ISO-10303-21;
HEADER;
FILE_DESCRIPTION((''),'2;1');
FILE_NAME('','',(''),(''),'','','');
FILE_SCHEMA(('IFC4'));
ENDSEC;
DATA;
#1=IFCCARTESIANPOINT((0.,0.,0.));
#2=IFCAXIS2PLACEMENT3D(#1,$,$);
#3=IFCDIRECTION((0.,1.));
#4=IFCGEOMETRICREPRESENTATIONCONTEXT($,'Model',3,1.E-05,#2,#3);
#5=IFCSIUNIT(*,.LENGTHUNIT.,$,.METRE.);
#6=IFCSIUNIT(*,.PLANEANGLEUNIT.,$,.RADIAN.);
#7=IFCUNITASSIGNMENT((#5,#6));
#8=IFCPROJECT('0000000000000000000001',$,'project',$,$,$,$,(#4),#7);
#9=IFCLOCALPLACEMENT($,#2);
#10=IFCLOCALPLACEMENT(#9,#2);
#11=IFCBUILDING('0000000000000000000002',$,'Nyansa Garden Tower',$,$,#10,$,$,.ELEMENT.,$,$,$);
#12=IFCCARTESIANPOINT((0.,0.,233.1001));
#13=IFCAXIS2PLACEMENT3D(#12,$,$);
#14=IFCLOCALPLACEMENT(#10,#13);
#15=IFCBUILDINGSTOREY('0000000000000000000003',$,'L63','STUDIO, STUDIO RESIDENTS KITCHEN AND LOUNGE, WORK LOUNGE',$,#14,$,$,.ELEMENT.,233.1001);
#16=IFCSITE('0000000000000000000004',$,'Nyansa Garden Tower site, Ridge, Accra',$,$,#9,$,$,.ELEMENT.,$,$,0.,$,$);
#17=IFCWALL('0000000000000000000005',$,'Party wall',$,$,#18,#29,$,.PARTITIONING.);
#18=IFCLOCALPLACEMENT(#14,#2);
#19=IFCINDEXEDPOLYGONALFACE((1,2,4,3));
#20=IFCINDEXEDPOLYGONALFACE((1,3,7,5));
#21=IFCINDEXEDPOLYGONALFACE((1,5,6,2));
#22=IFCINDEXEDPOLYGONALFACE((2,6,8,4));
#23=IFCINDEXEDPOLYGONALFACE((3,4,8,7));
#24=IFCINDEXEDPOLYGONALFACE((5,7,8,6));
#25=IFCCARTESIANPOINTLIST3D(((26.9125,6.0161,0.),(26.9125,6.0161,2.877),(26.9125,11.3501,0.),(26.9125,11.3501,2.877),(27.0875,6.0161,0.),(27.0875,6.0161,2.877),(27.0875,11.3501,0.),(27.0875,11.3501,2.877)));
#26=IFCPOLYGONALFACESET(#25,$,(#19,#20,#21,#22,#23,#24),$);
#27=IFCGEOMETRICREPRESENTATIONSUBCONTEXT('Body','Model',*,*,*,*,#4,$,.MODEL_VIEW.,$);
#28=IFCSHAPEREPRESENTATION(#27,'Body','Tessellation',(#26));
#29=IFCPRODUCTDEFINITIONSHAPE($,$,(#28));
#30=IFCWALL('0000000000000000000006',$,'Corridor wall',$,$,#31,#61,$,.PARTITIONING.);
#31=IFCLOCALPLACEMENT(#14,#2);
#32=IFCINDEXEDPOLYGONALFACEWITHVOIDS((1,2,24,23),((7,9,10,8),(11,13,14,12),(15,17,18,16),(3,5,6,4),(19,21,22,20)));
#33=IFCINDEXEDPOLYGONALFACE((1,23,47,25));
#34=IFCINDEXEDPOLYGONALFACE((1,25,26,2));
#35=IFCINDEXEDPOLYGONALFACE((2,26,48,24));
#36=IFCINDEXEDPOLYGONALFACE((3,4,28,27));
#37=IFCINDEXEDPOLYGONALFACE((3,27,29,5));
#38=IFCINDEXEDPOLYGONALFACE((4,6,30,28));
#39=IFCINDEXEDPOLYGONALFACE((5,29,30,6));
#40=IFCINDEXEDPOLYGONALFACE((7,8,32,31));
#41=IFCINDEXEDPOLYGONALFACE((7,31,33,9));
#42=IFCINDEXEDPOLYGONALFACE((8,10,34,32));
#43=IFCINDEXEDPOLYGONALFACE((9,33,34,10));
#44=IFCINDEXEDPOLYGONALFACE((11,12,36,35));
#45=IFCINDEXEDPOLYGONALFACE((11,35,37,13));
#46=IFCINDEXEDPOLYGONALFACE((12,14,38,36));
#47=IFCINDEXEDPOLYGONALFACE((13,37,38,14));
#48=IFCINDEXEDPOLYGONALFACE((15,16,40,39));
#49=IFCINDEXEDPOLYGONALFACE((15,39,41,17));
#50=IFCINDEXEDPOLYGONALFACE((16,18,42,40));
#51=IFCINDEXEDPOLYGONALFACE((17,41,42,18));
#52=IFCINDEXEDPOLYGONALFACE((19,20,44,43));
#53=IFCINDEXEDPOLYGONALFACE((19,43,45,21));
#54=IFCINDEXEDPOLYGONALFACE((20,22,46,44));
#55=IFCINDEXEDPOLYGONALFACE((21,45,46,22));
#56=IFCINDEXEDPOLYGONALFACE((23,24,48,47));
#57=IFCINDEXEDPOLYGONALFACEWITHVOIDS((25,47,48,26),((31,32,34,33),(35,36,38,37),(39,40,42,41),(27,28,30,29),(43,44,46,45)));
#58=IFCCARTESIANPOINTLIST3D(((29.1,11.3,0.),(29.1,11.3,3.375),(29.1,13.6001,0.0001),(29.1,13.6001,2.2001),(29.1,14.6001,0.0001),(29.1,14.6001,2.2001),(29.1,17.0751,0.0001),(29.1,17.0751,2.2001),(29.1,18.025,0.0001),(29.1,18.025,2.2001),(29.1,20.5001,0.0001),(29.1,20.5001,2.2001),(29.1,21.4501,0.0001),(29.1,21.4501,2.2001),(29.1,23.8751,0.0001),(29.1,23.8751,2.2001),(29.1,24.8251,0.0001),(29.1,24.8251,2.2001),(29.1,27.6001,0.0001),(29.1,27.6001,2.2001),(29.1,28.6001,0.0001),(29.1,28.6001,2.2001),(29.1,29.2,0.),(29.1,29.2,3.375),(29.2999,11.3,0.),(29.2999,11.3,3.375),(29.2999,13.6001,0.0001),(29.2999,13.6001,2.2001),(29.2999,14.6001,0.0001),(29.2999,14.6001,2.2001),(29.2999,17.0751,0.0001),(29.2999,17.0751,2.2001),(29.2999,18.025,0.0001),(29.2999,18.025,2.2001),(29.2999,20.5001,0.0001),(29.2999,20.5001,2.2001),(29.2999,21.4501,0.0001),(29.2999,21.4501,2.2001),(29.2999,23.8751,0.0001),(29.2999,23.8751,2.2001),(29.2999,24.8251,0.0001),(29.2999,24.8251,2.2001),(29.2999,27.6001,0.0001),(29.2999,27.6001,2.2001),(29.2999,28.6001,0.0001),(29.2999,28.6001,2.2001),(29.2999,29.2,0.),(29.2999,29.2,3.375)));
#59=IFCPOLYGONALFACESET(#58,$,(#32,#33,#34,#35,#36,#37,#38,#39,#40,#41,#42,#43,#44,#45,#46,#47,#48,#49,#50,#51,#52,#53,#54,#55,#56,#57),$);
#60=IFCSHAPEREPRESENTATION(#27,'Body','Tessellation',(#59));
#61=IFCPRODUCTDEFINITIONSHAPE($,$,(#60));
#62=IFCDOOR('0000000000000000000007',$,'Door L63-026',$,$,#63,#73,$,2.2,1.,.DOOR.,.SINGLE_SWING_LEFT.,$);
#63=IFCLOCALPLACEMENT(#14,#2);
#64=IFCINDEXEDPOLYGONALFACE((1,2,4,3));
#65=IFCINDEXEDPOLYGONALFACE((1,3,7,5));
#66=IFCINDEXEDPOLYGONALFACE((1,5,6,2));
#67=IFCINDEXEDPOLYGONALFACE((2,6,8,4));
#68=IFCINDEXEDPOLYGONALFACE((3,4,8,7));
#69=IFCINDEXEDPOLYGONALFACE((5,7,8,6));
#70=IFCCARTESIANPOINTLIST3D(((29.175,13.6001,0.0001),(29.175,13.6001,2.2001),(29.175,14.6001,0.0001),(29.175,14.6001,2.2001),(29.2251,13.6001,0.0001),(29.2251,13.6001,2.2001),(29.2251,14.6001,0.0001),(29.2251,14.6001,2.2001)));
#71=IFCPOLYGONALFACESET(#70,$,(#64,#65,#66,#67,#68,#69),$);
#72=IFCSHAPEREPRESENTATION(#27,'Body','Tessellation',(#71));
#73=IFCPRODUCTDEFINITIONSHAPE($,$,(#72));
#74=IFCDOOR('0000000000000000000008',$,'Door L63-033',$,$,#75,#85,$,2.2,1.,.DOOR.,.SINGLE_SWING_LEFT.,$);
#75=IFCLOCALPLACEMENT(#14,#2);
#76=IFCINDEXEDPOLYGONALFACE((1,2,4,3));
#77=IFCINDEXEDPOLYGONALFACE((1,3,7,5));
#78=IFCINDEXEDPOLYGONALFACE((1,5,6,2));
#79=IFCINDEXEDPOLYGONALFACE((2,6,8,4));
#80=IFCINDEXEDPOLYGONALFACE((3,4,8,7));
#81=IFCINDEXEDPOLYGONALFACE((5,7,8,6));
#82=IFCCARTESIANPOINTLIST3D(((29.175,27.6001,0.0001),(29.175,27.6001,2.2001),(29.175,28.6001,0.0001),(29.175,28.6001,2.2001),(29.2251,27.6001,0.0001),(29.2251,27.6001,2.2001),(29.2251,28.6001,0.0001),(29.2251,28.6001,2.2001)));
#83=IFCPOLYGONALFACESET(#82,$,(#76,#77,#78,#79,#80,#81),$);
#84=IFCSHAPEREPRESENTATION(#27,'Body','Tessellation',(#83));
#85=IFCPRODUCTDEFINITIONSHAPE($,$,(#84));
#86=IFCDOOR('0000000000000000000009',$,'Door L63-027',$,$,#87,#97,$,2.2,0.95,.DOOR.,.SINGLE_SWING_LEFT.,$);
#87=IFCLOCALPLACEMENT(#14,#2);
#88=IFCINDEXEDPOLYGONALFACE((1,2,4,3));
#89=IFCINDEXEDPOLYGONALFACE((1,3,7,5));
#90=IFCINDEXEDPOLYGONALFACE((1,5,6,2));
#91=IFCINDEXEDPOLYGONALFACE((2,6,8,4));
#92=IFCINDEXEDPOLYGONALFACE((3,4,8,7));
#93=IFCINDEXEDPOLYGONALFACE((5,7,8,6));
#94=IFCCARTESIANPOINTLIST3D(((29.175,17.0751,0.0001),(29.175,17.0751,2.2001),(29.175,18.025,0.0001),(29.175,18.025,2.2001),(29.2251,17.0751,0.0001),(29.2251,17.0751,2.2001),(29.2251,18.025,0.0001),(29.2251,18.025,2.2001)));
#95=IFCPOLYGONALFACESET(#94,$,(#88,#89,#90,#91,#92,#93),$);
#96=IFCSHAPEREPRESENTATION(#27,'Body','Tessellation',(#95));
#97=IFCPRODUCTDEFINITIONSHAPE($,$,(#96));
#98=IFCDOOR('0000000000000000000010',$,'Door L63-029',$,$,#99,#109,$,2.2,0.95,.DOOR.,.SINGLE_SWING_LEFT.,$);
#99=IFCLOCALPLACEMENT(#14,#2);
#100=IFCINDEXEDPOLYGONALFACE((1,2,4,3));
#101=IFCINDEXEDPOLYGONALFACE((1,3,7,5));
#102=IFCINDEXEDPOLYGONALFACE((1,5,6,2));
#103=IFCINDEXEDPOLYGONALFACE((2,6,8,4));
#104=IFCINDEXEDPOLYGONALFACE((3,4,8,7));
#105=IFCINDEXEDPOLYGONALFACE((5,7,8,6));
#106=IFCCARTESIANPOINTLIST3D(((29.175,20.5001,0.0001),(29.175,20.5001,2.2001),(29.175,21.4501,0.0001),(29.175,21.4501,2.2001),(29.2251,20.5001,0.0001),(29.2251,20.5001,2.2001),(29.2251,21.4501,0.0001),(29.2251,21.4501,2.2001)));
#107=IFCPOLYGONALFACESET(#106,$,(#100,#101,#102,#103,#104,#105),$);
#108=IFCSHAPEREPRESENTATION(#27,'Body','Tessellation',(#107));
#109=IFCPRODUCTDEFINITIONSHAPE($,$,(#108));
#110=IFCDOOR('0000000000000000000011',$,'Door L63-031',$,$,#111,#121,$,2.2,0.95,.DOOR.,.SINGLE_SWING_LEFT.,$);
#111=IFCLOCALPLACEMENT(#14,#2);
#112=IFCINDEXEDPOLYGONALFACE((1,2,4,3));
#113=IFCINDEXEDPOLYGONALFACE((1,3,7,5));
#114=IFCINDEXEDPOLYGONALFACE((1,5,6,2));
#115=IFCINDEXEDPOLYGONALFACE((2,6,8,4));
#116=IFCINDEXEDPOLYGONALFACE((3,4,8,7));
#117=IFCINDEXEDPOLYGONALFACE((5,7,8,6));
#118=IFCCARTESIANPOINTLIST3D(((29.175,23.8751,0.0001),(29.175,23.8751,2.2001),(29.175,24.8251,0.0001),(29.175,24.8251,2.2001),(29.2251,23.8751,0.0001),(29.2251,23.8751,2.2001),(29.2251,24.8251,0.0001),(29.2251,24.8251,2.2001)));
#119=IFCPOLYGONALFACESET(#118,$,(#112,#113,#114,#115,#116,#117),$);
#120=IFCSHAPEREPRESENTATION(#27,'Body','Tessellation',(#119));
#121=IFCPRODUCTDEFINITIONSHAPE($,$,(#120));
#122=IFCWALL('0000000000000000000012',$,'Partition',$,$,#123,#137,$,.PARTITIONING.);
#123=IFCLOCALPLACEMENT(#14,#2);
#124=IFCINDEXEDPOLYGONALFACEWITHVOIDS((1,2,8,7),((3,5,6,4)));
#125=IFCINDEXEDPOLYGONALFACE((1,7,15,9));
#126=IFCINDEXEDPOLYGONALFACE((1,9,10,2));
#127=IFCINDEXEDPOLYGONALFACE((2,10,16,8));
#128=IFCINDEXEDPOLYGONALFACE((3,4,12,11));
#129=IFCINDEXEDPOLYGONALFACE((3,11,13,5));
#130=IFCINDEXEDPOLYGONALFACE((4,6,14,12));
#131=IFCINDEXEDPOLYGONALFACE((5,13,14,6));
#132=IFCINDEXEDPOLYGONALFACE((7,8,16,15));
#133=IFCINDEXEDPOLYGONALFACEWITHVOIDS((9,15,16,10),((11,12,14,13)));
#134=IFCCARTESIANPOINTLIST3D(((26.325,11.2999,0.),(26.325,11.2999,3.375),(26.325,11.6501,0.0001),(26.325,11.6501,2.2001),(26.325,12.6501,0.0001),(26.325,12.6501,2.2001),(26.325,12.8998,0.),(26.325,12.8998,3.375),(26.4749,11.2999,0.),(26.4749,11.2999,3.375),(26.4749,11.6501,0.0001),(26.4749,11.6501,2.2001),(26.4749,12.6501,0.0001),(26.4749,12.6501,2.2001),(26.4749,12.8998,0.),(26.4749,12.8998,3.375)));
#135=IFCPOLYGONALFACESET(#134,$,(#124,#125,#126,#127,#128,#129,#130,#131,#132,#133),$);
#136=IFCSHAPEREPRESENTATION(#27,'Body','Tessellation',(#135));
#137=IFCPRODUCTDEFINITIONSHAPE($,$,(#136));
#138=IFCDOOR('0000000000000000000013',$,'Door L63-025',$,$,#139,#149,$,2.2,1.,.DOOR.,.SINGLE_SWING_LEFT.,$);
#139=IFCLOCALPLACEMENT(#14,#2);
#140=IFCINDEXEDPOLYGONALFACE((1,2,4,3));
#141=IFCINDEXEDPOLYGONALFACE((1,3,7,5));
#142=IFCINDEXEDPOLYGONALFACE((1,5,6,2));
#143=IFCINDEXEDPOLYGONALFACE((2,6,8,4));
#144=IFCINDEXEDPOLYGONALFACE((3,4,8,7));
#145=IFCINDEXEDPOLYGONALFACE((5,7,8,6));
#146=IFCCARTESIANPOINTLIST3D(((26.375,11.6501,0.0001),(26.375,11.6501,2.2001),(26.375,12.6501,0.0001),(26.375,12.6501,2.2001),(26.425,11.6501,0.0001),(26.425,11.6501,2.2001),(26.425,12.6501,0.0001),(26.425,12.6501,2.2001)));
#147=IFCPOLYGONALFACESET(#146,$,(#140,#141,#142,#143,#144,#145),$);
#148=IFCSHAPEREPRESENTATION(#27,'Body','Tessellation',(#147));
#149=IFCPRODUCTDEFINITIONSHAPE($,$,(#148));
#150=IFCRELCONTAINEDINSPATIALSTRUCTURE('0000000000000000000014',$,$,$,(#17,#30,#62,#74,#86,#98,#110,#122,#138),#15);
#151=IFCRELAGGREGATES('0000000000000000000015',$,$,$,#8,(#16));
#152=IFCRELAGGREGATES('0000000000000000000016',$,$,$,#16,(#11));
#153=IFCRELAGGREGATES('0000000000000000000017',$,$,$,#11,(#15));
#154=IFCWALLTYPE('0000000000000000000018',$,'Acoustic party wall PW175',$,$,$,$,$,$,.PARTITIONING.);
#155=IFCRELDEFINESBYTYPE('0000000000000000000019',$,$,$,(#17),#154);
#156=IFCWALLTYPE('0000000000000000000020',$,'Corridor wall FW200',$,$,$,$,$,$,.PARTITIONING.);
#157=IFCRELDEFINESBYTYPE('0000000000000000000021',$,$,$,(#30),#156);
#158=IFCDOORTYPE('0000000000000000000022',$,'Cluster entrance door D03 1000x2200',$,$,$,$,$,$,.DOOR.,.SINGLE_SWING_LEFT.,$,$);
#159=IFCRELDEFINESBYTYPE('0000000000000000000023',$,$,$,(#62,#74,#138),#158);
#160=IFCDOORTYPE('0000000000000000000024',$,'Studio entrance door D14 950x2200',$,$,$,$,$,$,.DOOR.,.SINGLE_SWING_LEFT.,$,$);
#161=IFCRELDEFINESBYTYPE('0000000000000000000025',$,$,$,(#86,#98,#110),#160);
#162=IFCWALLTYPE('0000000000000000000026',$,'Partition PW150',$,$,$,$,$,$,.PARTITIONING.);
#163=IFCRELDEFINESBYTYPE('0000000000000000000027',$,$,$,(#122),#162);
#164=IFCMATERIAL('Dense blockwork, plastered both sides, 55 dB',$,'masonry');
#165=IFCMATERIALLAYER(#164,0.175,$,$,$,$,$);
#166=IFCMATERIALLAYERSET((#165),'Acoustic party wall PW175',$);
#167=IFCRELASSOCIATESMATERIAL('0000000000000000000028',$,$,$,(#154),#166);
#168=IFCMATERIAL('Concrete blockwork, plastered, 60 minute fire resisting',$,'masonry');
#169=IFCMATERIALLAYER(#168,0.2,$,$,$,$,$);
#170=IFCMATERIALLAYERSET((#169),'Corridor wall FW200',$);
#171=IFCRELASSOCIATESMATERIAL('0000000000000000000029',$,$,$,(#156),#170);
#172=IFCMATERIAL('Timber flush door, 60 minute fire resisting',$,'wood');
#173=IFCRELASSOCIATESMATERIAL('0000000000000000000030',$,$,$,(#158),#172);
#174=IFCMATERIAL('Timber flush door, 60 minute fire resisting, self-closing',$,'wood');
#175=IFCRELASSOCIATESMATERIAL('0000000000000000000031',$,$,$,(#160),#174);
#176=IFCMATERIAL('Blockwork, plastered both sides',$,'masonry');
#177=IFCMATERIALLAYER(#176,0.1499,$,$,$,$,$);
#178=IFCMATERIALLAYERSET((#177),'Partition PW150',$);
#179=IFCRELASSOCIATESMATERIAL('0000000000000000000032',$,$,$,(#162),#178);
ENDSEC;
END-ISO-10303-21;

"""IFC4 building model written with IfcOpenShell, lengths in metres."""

from ifc_helpers import new_model, si_unit, direction, frame, frame_2d, origin, place, context, subcontext, project, spatial, rectangle, extrude, material, layer, layer_set, type_object, element, fill, save


model = new_model("IFC4")

# Units and contexts
model_context = context("Model", 3, precision=1e-05, world=origin(), true_north=direction((0.0, 1.0)))
body_context = subcontext(model_context, "Body", "Model", "MODEL_VIEW")
ifc_project = project(units=[si_unit("LENGTHUNIT", "METRE"), si_unit("PLANEANGLEUNIT", "RADIAN")], contexts=[model_context])

# Site, building, storey
site_placement = place(None, origin())
site = spatial("IfcSite", under=ifc_project, at=site_placement, Name="Nyansa Garden Tower site, Ridge, Accra", CompositionType="ELEMENT", RefElevation=0.0)
building_placement = place(site_placement, origin())
building = spatial("IfcBuilding", under=site, at=building_placement, Name="Nyansa Garden Tower", CompositionType="ELEMENT")
storey_placement = place(building_placement, frame((0.0, 0.0, 233.1001)))
storey = spatial("IfcBuildingStorey", under=building, at=storey_placement, Name="L63", Description="STUDIO, STUDIO RESIDENTS KITCHEN AND LOUNGE, WORK LOUNGE", CompositionType="ELEMENT", Elevation=233.1001)

# Wall
ifc_material_1 = material(Name="Dense blockwork, plastered both sides, 55 dB", Category="masonry")
ifc_layer_1 = layer(ifc_material_1, 0.175)
ifc_layer_set_1 = layer_set([ifc_layer_1], Name="Acoustic party wall PW175")
wall_type_1 = type_object("IfcWallType", Name="Acoustic party wall PW175", PredefinedType="PARTITIONING", material=ifc_layer_set_1)
wall_1_placement = place(storey_placement, frame((27.0, 6.0161, 0.0), z_axis=(0.0, 0.0, 1.0), x_axis=(0.0, 1.0, 0.0)))
element("IfcWall", 1, at=wall_1_placement, inside=storey, type_object=wall_type_1, Name="Party wall", PredefinedType="PARTITIONING", context=body_context, shape_type="SweptSolid", body=[
    extrude(rectangle(XDim=5.334, YDim=0.175, at=frame_2d((2.667, 0.0))), origin(), (0.0, 0.0, 1.0), 2.877),
])

# Wall, openings, doors
ifc_material_2 = material(Name="Concrete blockwork, plastered, 60 minute fire resisting", Category="masonry")
ifc_layer_2 = layer(ifc_material_2, 0.2)
ifc_layer_set_2 = layer_set([ifc_layer_2], Name="Corridor wall FW200")
wall_type_2 = type_object("IfcWallType", Name="Corridor wall FW200", PredefinedType="PARTITIONING", material=ifc_layer_set_2)
wall_2_placement = place(storey_placement, frame((29.2, 11.3, 0.0), z_axis=(0.0, 0.0, 1.0), x_axis=(0.0, 1.0, 0.0)))
wall_2 = element("IfcWall", 2, at=wall_2_placement, inside=storey, type_object=wall_type_2, Name="Corridor wall", PredefinedType="PARTITIONING", context=body_context, shape_type="SweptSolid", body=[
    extrude(rectangle(XDim=17.8999, YDim=0.2, at=frame_2d((8.95, 0.0))), origin(), (0.0, 0.0, 1.0), 3.375),
])
opening_1_placement = place(wall_2_placement, frame((2.3, 0.0, 0.0)))
opening_1 = element("IfcOpeningElement", 3, at=opening_1_placement, cuts=wall_2, PredefinedType="OPENING", context=body_context, shape_type="SweptSolid", body=[
    extrude(rectangle(XDim=1.0, YDim=2.2, at=frame_2d((0.5, 1.1001))), frame((0.0, 0.1099, 0.0), z_axis=(0.0, -1.0, 0.0), x_axis=(1.0, 0.0, 0.0)), (0.0, 0.0, 1.0), 0.22),
])
opening_2_placement = place(wall_2_placement, frame((5.7749, 0.0, 0.0)))
opening_2 = element("IfcOpeningElement", 4, at=opening_2_placement, cuts=wall_2, PredefinedType="OPENING", context=body_context, shape_type="SweptSolid", body=[
    extrude(rectangle(XDim=0.95, YDim=2.2, at=frame_2d((0.4751, 1.1001))), frame((0.0, 0.1099, 0.0), z_axis=(0.0, -1.0, 0.0), x_axis=(1.0, 0.0, 0.0)), (0.0, 0.0, 1.0), 0.22),
])
opening_3_placement = place(wall_2_placement, frame((9.2, 0.0, 0.0)))
opening_3 = element("IfcOpeningElement", 5, at=opening_3_placement, cuts=wall_2, PredefinedType="OPENING", context=body_context, shape_type="SweptSolid", body=[
    extrude(rectangle(XDim=0.95, YDim=2.2, at=frame_2d((0.4751, 1.1001))), frame((0.0, 0.1099, 0.0), z_axis=(0.0, -1.0, 0.0), x_axis=(1.0, 0.0, 0.0)), (0.0, 0.0, 1.0), 0.22),
])
opening_4_placement = place(wall_2_placement, frame((12.575, 0.0, 0.0)))
opening_4 = element("IfcOpeningElement", 6, at=opening_4_placement, cuts=wall_2, PredefinedType="OPENING", context=body_context, shape_type="SweptSolid", body=[
    extrude(rectangle(XDim=0.95, YDim=2.2, at=frame_2d((0.4751, 1.1001))), frame((0.0, 0.1099, 0.0), z_axis=(0.0, -1.0, 0.0), x_axis=(1.0, 0.0, 0.0)), (0.0, 0.0, 1.0), 0.22),
])
opening_5_placement = place(wall_2_placement, frame((16.3, 0.0, 0.0)))
opening_5 = element("IfcOpeningElement", 7, at=opening_5_placement, cuts=wall_2, PredefinedType="OPENING", context=body_context, shape_type="SweptSolid", body=[
    extrude(rectangle(XDim=1.0, YDim=2.2, at=frame_2d((0.5, 1.1001))), frame((0.0, 0.1099, 0.0), z_axis=(0.0, -1.0, 0.0), x_axis=(1.0, 0.0, 0.0)), (0.0, 0.0, 1.0), 0.22),
])
ifc_material_3 = material(Name="Timber flush door, 60 minute fire resisting", Category="wood")
door_type_1 = type_object("IfcDoorType", Name="Cluster entrance door D03 1000x2200", OperationType="SINGLE_SWING_LEFT", PredefinedType="DOOR", material=ifc_material_3)
door_1_placement = place(opening_1_placement, origin())
door_1 = element("IfcDoor", 8, at=door_1_placement, inside=storey, type_object=door_type_1, Name="Door L63-026", OperationType="SINGLE_SWING_LEFT", OverallHeight=2.2, OverallWidth=1.0, PredefinedType="DOOR", context=body_context, shape_type="SweptSolid", body=[
    extrude(rectangle(XDim=1.0, YDim=2.2, at=frame_2d((0.5, 1.1001))), frame((0.0, 0.0249, 0.0), z_axis=(0.0, -1.0, 0.0), x_axis=(1.0, 0.0, 0.0)), (0.0, 0.0, 1.0), 0.05),
])
fill(opening_1, door_1)
door_2_placement = place(opening_5_placement, origin())
door_2 = element("IfcDoor", 9, at=door_2_placement, inside=storey, type_object=door_type_1, Name="Door L63-033", OperationType="SINGLE_SWING_LEFT", OverallHeight=2.2, OverallWidth=1.0, PredefinedType="DOOR", context=body_context, shape_type="SweptSolid", body=[
    extrude(rectangle(XDim=1.0, YDim=2.2, at=frame_2d((0.5, 1.1001))), frame((0.0, 0.0249, 0.0), z_axis=(0.0, -1.0, 0.0), x_axis=(1.0, 0.0, 0.0)), (0.0, 0.0, 1.0), 0.05),
])
fill(opening_5, door_2)
ifc_material_4 = material(Name="Timber flush door, 60 minute fire resisting, self-closing", Category="wood")
door_type_2 = type_object("IfcDoorType", Name="Studio entrance door D14 950x2200", OperationType="SINGLE_SWING_LEFT", PredefinedType="DOOR", material=ifc_material_4)
door_3_placement = place(opening_2_placement, origin())
door_3 = element("IfcDoor", 10, at=door_3_placement, inside=storey, type_object=door_type_2, Name="Door L63-027", OperationType="SINGLE_SWING_LEFT", OverallHeight=2.2, OverallWidth=0.95, PredefinedType="DOOR", context=body_context, shape_type="SweptSolid", body=[
    extrude(rectangle(XDim=0.95, YDim=2.2, at=frame_2d((0.4751, 1.1001))), frame((0.0, 0.0249, 0.0), z_axis=(0.0, -1.0, 0.0), x_axis=(1.0, 0.0, 0.0)), (0.0, 0.0, 1.0), 0.05),
])
fill(opening_2, door_3)
door_4_placement = place(opening_3_placement, origin())
door_4 = element("IfcDoor", 11, at=door_4_placement, inside=storey, type_object=door_type_2, Name="Door L63-029", OperationType="SINGLE_SWING_LEFT", OverallHeight=2.2, OverallWidth=0.95, PredefinedType="DOOR", context=body_context, shape_type="SweptSolid", body=[
    extrude(rectangle(XDim=0.95, YDim=2.2, at=frame_2d((0.4751, 1.1001))), frame((0.0, 0.0249, 0.0), z_axis=(0.0, -1.0, 0.0), x_axis=(1.0, 0.0, 0.0)), (0.0, 0.0, 1.0), 0.05),
])
fill(opening_3, door_4)
door_5_placement = place(opening_4_placement, origin())
door_5 = element("IfcDoor", 12, at=door_5_placement, inside=storey, type_object=door_type_2, Name="Door L63-031", OperationType="SINGLE_SWING_LEFT", OverallHeight=2.2, OverallWidth=0.95, PredefinedType="DOOR", context=body_context, shape_type="SweptSolid", body=[
    extrude(rectangle(XDim=0.95, YDim=2.2, at=frame_2d((0.4751, 1.1001))), frame((0.0, 0.0249, 0.0), z_axis=(0.0, -1.0, 0.0), x_axis=(1.0, 0.0, 0.0)), (0.0, 0.0, 1.0), 0.05),
])
fill(opening_4, door_5)

# Wall, opening, door
ifc_material_5 = material(Name="Blockwork, plastered both sides", Category="masonry")
ifc_layer_3 = layer(ifc_material_5, 0.1499)
ifc_layer_set_3 = layer_set([ifc_layer_3], Name="Partition PW150")
wall_type_3 = type_object("IfcWallType", Name="Partition PW150", PredefinedType="PARTITIONING", material=ifc_layer_set_3)
wall_3_placement = place(storey_placement, frame((26.3999, 11.3, 0.0), z_axis=(0.0, 0.0, 1.0), x_axis=(0.0, 1.0, 0.0)))
wall_3 = element("IfcWall", 13, at=wall_3_placement, inside=storey, type_object=wall_type_3, Name="Partition", PredefinedType="PARTITIONING", context=body_context, shape_type="SweptSolid", body=[
    extrude(rectangle(XDim=1.5999, YDim=0.1499, at=frame_2d((0.7998, 0.0))), origin(), (0.0, 0.0, 1.0), 3.375),
])
opening_6_placement = place(wall_3_placement, frame((0.3501, 0.0, 0.0)))
opening_6 = element("IfcOpeningElement", 14, at=opening_6_placement, cuts=wall_3, PredefinedType="OPENING", context=body_context, shape_type="SweptSolid", body=[
    extrude(rectangle(XDim=1.0, YDim=2.2, at=frame_2d((0.5, 1.1001))), frame((0.0, 0.085, 0.0), z_axis=(0.0, -1.0, 0.0), x_axis=(1.0, 0.0, 0.0)), (0.0, 0.0, 1.0), 0.1699),
])
door_6_placement = place(opening_6_placement, origin())
door_6 = element("IfcDoor", 15, at=door_6_placement, inside=storey, type_object=door_type_1, Name="Door L63-025", OperationType="SINGLE_SWING_LEFT", OverallHeight=2.2, OverallWidth=1.0, PredefinedType="DOOR", context=body_context, shape_type="SweptSolid", body=[
    extrude(rectangle(XDim=1.0, YDim=2.2, at=frame_2d((0.5, 1.1001))), frame((0.0, 0.0249, 0.0), z_axis=(0.0, -1.0, 0.0), x_axis=(1.0, 0.0, 0.0)), (0.0, 0.0, 1.0), 0.05),
])
fill(opening_6, door_6)

save(model, "model.ifc")
